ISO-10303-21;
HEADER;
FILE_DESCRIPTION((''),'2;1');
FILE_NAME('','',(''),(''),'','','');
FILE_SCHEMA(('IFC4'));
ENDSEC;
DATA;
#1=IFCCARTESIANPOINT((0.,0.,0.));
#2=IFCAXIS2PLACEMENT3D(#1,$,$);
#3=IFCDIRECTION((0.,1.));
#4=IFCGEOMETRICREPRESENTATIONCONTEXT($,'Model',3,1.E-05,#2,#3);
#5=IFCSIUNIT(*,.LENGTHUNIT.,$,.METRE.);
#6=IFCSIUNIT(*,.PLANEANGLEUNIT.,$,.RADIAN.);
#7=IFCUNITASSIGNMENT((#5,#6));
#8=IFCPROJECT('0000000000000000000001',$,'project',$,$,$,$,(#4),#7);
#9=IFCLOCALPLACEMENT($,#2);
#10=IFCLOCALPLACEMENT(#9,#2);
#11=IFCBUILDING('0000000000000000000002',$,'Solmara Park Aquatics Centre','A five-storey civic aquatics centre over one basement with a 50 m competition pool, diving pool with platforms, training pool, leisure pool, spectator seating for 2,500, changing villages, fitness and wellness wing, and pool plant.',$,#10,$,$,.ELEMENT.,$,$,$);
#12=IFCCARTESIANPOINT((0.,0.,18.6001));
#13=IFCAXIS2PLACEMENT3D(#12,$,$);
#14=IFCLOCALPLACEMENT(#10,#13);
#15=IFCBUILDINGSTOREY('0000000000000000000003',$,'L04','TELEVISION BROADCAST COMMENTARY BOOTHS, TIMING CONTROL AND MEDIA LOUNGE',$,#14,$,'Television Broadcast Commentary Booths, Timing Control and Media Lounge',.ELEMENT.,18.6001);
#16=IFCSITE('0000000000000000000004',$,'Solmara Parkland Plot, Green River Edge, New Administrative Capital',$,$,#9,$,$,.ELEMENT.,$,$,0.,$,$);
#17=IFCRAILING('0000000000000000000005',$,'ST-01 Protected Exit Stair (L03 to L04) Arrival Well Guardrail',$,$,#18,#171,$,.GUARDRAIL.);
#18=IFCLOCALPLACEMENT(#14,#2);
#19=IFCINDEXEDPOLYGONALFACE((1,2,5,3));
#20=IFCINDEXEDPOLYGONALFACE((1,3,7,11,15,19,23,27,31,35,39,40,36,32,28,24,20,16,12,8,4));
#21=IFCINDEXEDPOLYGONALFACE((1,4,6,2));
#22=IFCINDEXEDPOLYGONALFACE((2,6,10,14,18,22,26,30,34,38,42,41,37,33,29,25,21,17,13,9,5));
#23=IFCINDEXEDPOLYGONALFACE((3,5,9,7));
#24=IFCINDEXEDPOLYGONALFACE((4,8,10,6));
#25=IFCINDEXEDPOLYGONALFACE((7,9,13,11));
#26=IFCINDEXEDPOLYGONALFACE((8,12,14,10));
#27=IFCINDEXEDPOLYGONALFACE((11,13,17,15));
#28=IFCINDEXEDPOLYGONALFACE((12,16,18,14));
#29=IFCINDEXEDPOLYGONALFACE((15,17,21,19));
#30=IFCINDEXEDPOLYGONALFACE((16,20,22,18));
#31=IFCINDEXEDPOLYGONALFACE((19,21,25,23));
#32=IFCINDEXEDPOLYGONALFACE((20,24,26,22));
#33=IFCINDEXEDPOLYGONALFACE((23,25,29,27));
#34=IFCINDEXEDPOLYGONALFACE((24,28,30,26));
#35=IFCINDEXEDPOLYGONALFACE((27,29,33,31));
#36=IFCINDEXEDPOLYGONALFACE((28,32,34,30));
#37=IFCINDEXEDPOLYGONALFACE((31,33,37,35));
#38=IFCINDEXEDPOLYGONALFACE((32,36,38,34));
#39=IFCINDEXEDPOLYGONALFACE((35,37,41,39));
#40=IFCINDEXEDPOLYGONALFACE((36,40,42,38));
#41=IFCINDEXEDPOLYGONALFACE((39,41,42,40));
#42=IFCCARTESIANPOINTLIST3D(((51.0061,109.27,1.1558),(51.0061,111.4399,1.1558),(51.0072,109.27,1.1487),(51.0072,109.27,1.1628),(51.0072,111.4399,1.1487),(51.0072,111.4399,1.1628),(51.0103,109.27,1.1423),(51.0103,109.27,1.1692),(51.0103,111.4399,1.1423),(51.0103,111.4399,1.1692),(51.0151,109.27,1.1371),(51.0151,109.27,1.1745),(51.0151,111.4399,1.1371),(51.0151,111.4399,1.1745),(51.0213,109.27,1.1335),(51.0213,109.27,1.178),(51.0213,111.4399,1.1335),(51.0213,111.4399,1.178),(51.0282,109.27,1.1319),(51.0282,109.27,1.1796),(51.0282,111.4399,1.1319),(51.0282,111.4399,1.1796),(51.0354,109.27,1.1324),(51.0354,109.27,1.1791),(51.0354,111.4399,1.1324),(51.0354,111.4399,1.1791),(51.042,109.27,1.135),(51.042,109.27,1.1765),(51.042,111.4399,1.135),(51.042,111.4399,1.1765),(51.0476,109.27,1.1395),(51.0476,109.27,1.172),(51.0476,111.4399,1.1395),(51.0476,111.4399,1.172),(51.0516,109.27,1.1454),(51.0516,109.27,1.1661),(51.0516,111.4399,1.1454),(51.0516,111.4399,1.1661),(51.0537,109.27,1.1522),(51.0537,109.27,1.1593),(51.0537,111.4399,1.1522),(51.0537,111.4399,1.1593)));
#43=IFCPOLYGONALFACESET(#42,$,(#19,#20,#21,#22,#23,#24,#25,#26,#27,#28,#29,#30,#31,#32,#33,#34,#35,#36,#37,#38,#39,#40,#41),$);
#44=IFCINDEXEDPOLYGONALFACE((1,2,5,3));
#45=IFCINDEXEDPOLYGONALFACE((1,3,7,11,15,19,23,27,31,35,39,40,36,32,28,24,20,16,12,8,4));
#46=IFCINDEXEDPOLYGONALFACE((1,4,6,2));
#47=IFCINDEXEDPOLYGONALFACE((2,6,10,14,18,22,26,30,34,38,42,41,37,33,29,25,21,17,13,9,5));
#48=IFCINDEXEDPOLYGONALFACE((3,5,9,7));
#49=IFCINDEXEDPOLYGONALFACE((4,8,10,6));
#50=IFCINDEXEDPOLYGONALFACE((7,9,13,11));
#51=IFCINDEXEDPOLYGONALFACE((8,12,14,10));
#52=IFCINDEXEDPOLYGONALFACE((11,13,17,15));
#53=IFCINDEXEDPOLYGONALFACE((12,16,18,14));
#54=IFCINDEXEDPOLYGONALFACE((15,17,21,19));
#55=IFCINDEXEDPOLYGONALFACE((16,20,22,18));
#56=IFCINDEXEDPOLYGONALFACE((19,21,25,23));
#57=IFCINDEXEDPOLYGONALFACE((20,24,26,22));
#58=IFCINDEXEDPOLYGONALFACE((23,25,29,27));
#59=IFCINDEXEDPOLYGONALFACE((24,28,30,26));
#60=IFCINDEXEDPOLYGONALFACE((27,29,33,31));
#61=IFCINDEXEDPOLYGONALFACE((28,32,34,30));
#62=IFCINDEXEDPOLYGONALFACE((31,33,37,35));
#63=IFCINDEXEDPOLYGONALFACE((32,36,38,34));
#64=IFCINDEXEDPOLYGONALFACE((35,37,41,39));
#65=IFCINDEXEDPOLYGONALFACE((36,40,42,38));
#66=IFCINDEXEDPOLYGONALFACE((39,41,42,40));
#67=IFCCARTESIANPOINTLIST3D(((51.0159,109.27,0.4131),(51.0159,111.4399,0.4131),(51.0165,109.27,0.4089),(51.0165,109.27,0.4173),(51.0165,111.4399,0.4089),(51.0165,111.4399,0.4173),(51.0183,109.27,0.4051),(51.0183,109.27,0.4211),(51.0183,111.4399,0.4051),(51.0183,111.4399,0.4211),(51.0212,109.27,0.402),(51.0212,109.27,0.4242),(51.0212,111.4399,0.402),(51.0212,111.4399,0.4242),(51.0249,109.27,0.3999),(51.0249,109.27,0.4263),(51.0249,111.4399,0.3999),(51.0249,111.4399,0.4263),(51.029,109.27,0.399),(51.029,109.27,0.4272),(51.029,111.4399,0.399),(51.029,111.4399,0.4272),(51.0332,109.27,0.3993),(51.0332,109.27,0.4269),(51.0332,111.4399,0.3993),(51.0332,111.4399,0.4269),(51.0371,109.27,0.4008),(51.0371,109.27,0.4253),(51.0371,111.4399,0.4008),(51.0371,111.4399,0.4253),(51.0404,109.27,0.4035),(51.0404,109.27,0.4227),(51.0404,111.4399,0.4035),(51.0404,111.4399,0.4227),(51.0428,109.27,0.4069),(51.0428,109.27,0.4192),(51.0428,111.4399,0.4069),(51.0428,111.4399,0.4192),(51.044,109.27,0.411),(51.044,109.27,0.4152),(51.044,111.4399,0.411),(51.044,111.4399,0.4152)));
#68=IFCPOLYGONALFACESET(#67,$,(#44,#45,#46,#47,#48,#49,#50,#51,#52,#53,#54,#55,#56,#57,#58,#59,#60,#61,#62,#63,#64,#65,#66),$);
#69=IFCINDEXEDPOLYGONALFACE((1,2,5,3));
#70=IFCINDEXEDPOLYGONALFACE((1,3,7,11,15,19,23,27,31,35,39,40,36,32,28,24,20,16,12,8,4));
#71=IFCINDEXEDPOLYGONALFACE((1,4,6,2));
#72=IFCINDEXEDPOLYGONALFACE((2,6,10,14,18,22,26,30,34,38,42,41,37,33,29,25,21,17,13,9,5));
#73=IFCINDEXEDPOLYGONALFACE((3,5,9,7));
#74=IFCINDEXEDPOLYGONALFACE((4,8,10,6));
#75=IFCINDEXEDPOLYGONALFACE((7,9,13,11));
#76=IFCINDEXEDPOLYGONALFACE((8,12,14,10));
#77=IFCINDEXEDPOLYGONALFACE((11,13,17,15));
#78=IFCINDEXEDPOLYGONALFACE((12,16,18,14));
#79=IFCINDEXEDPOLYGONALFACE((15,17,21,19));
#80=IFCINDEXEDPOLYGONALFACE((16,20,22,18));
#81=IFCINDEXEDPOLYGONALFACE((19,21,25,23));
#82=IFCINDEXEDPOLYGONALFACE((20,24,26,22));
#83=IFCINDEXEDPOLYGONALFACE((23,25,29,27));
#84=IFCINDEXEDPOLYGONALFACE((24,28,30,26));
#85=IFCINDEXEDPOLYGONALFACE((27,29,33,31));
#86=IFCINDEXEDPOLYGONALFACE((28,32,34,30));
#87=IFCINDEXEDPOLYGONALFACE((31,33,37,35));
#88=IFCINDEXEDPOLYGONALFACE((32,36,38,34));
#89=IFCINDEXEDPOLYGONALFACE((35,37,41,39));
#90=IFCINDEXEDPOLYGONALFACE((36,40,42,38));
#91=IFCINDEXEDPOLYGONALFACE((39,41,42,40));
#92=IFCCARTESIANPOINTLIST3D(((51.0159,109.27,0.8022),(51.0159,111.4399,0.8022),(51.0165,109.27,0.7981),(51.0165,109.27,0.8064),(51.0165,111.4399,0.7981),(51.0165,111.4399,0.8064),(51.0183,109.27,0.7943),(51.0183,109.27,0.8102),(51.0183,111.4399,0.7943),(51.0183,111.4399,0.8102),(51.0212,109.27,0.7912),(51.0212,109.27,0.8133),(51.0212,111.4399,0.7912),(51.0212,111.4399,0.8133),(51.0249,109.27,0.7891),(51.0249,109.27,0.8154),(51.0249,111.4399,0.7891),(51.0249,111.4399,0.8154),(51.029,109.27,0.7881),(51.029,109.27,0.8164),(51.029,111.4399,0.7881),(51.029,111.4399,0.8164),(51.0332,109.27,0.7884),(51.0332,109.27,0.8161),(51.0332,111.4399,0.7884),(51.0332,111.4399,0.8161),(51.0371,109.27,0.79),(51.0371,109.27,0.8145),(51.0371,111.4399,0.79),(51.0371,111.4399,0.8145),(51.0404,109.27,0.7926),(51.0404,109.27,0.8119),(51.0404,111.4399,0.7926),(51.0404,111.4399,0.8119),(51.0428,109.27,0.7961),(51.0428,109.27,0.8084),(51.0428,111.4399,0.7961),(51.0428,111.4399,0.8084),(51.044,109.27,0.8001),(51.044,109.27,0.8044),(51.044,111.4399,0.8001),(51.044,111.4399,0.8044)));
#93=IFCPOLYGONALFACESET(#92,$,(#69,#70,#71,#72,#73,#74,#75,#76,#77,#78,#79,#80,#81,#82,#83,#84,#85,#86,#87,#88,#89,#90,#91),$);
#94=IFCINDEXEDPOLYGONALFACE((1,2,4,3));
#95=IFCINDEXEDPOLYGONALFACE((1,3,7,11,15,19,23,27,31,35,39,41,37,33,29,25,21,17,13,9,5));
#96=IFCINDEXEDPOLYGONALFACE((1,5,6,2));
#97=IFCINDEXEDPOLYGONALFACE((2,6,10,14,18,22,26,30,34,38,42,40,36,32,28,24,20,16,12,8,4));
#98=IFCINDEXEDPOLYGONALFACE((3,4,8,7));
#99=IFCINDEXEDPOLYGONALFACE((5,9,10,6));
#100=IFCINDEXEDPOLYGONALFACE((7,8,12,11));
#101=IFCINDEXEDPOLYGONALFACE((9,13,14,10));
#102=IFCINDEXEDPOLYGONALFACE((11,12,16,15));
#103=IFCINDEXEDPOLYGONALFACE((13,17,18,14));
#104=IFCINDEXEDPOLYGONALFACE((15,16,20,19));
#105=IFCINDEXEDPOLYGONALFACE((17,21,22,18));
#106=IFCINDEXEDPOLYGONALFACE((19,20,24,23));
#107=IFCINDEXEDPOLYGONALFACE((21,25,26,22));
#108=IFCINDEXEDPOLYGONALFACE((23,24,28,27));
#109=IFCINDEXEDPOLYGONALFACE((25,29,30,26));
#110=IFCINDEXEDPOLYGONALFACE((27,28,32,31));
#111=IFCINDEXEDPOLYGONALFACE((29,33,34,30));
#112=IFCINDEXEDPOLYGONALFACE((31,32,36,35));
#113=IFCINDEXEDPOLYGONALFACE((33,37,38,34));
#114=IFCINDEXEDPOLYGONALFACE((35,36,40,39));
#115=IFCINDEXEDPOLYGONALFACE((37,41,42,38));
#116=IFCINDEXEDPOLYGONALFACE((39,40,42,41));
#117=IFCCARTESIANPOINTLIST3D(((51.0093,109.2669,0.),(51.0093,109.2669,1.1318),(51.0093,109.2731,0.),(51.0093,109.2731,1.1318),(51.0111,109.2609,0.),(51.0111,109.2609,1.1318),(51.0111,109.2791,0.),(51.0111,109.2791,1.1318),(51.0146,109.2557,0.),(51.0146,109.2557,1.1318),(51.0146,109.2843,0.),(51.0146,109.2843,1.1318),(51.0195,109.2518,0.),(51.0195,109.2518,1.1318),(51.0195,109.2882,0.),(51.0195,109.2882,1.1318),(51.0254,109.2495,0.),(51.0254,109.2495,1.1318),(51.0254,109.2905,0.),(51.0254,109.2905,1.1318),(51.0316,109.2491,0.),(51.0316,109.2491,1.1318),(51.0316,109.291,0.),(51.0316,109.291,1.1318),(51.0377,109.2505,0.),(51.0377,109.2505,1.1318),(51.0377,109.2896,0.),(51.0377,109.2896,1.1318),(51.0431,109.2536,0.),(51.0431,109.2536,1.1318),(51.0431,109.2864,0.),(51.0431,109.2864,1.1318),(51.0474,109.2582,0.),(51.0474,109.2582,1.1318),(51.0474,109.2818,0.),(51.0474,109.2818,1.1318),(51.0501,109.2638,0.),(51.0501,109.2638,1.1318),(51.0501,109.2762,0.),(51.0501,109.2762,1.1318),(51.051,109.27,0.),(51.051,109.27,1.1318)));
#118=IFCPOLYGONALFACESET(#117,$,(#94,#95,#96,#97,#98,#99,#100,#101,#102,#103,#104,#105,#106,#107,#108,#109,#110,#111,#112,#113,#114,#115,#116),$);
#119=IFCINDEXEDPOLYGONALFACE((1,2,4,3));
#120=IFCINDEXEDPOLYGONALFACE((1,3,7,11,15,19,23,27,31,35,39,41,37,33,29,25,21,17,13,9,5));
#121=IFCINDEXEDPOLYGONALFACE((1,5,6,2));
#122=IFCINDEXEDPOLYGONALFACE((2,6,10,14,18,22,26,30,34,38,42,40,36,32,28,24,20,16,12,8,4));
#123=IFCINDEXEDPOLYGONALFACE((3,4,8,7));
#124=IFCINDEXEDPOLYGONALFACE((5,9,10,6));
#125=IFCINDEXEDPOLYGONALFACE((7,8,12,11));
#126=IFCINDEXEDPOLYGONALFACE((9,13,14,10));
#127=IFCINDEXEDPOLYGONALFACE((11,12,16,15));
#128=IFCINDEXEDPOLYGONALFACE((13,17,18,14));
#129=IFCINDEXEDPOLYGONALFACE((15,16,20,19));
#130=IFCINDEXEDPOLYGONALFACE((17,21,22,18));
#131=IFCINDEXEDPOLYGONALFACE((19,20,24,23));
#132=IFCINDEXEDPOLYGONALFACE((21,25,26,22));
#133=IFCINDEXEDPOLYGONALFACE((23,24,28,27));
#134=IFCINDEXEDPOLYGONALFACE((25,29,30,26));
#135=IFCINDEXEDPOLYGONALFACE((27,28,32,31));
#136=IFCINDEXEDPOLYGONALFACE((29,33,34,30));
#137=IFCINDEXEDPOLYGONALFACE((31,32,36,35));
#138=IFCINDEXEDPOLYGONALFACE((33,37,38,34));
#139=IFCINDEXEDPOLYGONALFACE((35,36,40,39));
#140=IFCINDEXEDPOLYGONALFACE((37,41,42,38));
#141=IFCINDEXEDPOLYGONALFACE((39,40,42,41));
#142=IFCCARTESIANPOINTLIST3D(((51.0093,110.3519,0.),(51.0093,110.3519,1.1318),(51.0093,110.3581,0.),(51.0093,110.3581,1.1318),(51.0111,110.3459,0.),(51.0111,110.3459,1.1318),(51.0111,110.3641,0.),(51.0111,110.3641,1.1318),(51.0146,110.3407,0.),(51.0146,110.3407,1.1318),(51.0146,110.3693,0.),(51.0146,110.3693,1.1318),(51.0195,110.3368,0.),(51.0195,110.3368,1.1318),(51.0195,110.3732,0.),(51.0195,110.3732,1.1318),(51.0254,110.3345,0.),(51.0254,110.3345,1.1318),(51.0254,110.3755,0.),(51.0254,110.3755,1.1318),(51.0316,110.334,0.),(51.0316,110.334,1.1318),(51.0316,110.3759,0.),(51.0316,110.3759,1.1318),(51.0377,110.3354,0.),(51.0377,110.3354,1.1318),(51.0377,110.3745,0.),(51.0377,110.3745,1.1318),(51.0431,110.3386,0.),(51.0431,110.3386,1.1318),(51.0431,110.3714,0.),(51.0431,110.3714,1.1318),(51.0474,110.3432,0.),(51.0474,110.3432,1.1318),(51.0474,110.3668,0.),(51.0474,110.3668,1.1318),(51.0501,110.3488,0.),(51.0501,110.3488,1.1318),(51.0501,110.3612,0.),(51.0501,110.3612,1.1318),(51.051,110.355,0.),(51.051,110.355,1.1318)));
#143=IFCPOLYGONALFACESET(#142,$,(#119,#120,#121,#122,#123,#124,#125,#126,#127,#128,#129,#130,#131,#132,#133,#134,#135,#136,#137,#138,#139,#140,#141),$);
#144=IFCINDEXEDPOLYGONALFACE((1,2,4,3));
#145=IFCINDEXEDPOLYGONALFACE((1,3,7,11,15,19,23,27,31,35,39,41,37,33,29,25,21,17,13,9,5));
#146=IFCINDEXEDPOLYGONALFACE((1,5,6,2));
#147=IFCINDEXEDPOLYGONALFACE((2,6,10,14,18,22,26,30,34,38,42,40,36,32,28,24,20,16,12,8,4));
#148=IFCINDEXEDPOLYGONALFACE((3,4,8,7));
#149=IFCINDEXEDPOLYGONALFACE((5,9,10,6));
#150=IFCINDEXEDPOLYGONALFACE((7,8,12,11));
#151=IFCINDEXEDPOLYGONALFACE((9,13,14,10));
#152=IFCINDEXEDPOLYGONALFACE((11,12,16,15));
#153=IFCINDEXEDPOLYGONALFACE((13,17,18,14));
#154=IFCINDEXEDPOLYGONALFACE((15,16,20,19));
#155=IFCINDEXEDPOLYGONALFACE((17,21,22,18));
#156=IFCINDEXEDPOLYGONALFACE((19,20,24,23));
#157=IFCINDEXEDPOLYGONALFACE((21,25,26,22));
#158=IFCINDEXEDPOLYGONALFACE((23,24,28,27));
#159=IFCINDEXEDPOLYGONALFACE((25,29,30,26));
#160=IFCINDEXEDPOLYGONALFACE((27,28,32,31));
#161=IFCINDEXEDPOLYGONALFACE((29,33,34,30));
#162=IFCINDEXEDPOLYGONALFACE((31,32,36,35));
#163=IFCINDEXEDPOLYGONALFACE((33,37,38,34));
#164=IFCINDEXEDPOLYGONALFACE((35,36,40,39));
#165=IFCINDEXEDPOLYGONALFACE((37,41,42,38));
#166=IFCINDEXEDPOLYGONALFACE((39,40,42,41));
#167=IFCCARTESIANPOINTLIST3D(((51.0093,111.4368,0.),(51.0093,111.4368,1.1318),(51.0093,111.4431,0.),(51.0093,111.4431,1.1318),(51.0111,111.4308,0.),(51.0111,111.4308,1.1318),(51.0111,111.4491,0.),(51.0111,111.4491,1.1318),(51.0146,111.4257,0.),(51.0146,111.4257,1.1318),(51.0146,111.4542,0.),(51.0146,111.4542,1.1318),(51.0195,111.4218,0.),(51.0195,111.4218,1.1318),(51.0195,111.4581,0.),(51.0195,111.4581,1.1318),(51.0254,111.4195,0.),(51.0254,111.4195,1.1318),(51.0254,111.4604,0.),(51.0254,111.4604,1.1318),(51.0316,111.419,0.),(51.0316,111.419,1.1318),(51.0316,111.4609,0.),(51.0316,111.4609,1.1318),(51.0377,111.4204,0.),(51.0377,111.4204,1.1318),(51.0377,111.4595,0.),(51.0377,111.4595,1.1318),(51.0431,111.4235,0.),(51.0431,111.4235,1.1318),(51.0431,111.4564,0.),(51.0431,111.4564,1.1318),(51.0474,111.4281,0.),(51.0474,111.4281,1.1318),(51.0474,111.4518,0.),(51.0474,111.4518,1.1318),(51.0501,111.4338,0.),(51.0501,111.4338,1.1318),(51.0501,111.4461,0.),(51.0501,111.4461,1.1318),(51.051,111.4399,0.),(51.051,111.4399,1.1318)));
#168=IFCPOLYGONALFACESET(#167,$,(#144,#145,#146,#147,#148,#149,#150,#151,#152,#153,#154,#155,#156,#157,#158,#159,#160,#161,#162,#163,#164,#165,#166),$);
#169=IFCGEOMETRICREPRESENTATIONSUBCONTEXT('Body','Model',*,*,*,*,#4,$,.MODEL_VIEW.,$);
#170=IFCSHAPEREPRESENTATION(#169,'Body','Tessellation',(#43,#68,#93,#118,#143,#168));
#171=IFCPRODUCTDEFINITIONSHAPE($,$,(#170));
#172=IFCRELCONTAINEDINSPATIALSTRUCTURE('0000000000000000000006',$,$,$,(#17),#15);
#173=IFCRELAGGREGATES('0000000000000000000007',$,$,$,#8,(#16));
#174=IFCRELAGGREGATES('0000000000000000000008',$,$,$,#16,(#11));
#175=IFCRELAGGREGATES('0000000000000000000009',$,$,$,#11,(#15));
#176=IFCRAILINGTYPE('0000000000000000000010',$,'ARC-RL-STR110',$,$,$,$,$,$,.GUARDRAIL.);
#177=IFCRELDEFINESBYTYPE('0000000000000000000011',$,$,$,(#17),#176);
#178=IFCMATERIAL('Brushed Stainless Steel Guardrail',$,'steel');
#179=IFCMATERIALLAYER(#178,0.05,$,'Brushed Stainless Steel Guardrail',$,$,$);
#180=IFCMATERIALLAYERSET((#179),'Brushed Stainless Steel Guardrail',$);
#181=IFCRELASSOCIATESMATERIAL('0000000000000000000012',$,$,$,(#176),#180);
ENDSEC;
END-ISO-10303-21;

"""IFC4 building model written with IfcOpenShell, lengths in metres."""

from ifc_helpers import new_model, si_unit, direction, frame, origin, origin_2d, place, context, subcontext, project, spatial, circle, extrude, material, layer, layer_set, type_object, element, save


model = new_model("IFC4")

# Units and contexts
model_context = context("Model", 3, precision=1e-05, world=origin(), true_north=direction((0.0, 1.0)))
body_context = subcontext(model_context, "Body", "Model", "MODEL_VIEW")
ifc_project = project(units=[si_unit("LENGTHUNIT", "METRE"), si_unit("PLANEANGLEUNIT", "RADIAN")], contexts=[model_context])

# Site, building, storey
site_placement = place(None, origin())
site = spatial("IfcSite", under=ifc_project, at=site_placement, Name="Solmara Parkland Plot, Green River Edge, New Administrative Capital", CompositionType="ELEMENT", RefElevation=0.0)
building_placement = place(site_placement, origin())
building = spatial("IfcBuilding", under=site, at=building_placement, Name="Solmara Park Aquatics Centre", Description="A five-storey civic aquatics centre over one basement with a 50 m competition pool, diving pool with platforms, training pool, leisure pool, spectator seating for 2,500, changing villages, fitness and wellness wing, and pool plant.", CompositionType="ELEMENT")
storey_placement = place(building_placement, frame((0.0, 0.0, 18.6001)))
storey = spatial("IfcBuildingStorey", under=building, at=storey_placement, Name="L04", Description="TELEVISION BROADCAST COMMENTARY BOOTHS, TIMING CONTROL AND MEDIA LOUNGE", LongName="Television Broadcast Commentary Booths, Timing Control and Media Lounge", CompositionType="ELEMENT", Elevation=18.6001)

# Railing
ifc_material_1 = material(Name="Brushed Stainless Steel Guardrail", Category="steel")
ifc_layer_1 = layer(ifc_material_1, 0.05, Name="Brushed Stainless Steel Guardrail")
ifc_layer_set_1 = layer_set([ifc_layer_1], Name="Brushed Stainless Steel Guardrail")
railing_type_1 = type_object("IfcRailingType", Name="ARC-RL-STR110", PredefinedType="GUARDRAIL", material=ifc_layer_set_1)
railing_1_placement = place(storey_placement, frame((51.03, 109.27, 0.0)))
element("IfcRailing", 1, at=railing_1_placement, inside=storey, type_object=railing_type_1, Name="ST-01 Protected Exit Stair (L03 to L04) Arrival Well Guardrail", PredefinedType="GUARDRAIL", context=body_context, shape_type="SweptSolid", body=[
    extrude(circle(Radius=0.0239, at=origin_2d()), frame((0.0, 0.0, 1.1558), z_axis=(0.0, 1.0, 0.0), x_axis=(-1.0, 0.0, 0.0)), (0.0, 0.0, 1.0), 2.1699),
    extrude(circle(Radius=0.0142, at=origin_2d()), frame((0.0, 0.0, 0.4131), z_axis=(0.0, 1.0, 0.0), x_axis=(-1.0, 0.0, 0.0)), (0.0, 0.0, 1.0), 2.1699),
    extrude(circle(Radius=0.0142, at=origin_2d()), frame((0.0, 0.0, 0.8022), z_axis=(0.0, 1.0, 0.0), x_axis=(-1.0, 0.0, 0.0)), (0.0, 0.0, 1.0), 2.1699),
    extrude(circle(Radius=0.021, at=origin_2d()), origin(), (0.0, 0.0, 1.0), 1.1318),
    extrude(circle(Radius=0.021, at=origin_2d()), frame((0.0, 1.085, 0.0)), (0.0, 0.0, 1.0), 1.1318),
    extrude(circle(Radius=0.021, at=origin_2d()), frame((0.0, 2.1699, 0.0)), (0.0, 0.0, 1.0), 1.1318),
])

save(model, "model.ifc")
